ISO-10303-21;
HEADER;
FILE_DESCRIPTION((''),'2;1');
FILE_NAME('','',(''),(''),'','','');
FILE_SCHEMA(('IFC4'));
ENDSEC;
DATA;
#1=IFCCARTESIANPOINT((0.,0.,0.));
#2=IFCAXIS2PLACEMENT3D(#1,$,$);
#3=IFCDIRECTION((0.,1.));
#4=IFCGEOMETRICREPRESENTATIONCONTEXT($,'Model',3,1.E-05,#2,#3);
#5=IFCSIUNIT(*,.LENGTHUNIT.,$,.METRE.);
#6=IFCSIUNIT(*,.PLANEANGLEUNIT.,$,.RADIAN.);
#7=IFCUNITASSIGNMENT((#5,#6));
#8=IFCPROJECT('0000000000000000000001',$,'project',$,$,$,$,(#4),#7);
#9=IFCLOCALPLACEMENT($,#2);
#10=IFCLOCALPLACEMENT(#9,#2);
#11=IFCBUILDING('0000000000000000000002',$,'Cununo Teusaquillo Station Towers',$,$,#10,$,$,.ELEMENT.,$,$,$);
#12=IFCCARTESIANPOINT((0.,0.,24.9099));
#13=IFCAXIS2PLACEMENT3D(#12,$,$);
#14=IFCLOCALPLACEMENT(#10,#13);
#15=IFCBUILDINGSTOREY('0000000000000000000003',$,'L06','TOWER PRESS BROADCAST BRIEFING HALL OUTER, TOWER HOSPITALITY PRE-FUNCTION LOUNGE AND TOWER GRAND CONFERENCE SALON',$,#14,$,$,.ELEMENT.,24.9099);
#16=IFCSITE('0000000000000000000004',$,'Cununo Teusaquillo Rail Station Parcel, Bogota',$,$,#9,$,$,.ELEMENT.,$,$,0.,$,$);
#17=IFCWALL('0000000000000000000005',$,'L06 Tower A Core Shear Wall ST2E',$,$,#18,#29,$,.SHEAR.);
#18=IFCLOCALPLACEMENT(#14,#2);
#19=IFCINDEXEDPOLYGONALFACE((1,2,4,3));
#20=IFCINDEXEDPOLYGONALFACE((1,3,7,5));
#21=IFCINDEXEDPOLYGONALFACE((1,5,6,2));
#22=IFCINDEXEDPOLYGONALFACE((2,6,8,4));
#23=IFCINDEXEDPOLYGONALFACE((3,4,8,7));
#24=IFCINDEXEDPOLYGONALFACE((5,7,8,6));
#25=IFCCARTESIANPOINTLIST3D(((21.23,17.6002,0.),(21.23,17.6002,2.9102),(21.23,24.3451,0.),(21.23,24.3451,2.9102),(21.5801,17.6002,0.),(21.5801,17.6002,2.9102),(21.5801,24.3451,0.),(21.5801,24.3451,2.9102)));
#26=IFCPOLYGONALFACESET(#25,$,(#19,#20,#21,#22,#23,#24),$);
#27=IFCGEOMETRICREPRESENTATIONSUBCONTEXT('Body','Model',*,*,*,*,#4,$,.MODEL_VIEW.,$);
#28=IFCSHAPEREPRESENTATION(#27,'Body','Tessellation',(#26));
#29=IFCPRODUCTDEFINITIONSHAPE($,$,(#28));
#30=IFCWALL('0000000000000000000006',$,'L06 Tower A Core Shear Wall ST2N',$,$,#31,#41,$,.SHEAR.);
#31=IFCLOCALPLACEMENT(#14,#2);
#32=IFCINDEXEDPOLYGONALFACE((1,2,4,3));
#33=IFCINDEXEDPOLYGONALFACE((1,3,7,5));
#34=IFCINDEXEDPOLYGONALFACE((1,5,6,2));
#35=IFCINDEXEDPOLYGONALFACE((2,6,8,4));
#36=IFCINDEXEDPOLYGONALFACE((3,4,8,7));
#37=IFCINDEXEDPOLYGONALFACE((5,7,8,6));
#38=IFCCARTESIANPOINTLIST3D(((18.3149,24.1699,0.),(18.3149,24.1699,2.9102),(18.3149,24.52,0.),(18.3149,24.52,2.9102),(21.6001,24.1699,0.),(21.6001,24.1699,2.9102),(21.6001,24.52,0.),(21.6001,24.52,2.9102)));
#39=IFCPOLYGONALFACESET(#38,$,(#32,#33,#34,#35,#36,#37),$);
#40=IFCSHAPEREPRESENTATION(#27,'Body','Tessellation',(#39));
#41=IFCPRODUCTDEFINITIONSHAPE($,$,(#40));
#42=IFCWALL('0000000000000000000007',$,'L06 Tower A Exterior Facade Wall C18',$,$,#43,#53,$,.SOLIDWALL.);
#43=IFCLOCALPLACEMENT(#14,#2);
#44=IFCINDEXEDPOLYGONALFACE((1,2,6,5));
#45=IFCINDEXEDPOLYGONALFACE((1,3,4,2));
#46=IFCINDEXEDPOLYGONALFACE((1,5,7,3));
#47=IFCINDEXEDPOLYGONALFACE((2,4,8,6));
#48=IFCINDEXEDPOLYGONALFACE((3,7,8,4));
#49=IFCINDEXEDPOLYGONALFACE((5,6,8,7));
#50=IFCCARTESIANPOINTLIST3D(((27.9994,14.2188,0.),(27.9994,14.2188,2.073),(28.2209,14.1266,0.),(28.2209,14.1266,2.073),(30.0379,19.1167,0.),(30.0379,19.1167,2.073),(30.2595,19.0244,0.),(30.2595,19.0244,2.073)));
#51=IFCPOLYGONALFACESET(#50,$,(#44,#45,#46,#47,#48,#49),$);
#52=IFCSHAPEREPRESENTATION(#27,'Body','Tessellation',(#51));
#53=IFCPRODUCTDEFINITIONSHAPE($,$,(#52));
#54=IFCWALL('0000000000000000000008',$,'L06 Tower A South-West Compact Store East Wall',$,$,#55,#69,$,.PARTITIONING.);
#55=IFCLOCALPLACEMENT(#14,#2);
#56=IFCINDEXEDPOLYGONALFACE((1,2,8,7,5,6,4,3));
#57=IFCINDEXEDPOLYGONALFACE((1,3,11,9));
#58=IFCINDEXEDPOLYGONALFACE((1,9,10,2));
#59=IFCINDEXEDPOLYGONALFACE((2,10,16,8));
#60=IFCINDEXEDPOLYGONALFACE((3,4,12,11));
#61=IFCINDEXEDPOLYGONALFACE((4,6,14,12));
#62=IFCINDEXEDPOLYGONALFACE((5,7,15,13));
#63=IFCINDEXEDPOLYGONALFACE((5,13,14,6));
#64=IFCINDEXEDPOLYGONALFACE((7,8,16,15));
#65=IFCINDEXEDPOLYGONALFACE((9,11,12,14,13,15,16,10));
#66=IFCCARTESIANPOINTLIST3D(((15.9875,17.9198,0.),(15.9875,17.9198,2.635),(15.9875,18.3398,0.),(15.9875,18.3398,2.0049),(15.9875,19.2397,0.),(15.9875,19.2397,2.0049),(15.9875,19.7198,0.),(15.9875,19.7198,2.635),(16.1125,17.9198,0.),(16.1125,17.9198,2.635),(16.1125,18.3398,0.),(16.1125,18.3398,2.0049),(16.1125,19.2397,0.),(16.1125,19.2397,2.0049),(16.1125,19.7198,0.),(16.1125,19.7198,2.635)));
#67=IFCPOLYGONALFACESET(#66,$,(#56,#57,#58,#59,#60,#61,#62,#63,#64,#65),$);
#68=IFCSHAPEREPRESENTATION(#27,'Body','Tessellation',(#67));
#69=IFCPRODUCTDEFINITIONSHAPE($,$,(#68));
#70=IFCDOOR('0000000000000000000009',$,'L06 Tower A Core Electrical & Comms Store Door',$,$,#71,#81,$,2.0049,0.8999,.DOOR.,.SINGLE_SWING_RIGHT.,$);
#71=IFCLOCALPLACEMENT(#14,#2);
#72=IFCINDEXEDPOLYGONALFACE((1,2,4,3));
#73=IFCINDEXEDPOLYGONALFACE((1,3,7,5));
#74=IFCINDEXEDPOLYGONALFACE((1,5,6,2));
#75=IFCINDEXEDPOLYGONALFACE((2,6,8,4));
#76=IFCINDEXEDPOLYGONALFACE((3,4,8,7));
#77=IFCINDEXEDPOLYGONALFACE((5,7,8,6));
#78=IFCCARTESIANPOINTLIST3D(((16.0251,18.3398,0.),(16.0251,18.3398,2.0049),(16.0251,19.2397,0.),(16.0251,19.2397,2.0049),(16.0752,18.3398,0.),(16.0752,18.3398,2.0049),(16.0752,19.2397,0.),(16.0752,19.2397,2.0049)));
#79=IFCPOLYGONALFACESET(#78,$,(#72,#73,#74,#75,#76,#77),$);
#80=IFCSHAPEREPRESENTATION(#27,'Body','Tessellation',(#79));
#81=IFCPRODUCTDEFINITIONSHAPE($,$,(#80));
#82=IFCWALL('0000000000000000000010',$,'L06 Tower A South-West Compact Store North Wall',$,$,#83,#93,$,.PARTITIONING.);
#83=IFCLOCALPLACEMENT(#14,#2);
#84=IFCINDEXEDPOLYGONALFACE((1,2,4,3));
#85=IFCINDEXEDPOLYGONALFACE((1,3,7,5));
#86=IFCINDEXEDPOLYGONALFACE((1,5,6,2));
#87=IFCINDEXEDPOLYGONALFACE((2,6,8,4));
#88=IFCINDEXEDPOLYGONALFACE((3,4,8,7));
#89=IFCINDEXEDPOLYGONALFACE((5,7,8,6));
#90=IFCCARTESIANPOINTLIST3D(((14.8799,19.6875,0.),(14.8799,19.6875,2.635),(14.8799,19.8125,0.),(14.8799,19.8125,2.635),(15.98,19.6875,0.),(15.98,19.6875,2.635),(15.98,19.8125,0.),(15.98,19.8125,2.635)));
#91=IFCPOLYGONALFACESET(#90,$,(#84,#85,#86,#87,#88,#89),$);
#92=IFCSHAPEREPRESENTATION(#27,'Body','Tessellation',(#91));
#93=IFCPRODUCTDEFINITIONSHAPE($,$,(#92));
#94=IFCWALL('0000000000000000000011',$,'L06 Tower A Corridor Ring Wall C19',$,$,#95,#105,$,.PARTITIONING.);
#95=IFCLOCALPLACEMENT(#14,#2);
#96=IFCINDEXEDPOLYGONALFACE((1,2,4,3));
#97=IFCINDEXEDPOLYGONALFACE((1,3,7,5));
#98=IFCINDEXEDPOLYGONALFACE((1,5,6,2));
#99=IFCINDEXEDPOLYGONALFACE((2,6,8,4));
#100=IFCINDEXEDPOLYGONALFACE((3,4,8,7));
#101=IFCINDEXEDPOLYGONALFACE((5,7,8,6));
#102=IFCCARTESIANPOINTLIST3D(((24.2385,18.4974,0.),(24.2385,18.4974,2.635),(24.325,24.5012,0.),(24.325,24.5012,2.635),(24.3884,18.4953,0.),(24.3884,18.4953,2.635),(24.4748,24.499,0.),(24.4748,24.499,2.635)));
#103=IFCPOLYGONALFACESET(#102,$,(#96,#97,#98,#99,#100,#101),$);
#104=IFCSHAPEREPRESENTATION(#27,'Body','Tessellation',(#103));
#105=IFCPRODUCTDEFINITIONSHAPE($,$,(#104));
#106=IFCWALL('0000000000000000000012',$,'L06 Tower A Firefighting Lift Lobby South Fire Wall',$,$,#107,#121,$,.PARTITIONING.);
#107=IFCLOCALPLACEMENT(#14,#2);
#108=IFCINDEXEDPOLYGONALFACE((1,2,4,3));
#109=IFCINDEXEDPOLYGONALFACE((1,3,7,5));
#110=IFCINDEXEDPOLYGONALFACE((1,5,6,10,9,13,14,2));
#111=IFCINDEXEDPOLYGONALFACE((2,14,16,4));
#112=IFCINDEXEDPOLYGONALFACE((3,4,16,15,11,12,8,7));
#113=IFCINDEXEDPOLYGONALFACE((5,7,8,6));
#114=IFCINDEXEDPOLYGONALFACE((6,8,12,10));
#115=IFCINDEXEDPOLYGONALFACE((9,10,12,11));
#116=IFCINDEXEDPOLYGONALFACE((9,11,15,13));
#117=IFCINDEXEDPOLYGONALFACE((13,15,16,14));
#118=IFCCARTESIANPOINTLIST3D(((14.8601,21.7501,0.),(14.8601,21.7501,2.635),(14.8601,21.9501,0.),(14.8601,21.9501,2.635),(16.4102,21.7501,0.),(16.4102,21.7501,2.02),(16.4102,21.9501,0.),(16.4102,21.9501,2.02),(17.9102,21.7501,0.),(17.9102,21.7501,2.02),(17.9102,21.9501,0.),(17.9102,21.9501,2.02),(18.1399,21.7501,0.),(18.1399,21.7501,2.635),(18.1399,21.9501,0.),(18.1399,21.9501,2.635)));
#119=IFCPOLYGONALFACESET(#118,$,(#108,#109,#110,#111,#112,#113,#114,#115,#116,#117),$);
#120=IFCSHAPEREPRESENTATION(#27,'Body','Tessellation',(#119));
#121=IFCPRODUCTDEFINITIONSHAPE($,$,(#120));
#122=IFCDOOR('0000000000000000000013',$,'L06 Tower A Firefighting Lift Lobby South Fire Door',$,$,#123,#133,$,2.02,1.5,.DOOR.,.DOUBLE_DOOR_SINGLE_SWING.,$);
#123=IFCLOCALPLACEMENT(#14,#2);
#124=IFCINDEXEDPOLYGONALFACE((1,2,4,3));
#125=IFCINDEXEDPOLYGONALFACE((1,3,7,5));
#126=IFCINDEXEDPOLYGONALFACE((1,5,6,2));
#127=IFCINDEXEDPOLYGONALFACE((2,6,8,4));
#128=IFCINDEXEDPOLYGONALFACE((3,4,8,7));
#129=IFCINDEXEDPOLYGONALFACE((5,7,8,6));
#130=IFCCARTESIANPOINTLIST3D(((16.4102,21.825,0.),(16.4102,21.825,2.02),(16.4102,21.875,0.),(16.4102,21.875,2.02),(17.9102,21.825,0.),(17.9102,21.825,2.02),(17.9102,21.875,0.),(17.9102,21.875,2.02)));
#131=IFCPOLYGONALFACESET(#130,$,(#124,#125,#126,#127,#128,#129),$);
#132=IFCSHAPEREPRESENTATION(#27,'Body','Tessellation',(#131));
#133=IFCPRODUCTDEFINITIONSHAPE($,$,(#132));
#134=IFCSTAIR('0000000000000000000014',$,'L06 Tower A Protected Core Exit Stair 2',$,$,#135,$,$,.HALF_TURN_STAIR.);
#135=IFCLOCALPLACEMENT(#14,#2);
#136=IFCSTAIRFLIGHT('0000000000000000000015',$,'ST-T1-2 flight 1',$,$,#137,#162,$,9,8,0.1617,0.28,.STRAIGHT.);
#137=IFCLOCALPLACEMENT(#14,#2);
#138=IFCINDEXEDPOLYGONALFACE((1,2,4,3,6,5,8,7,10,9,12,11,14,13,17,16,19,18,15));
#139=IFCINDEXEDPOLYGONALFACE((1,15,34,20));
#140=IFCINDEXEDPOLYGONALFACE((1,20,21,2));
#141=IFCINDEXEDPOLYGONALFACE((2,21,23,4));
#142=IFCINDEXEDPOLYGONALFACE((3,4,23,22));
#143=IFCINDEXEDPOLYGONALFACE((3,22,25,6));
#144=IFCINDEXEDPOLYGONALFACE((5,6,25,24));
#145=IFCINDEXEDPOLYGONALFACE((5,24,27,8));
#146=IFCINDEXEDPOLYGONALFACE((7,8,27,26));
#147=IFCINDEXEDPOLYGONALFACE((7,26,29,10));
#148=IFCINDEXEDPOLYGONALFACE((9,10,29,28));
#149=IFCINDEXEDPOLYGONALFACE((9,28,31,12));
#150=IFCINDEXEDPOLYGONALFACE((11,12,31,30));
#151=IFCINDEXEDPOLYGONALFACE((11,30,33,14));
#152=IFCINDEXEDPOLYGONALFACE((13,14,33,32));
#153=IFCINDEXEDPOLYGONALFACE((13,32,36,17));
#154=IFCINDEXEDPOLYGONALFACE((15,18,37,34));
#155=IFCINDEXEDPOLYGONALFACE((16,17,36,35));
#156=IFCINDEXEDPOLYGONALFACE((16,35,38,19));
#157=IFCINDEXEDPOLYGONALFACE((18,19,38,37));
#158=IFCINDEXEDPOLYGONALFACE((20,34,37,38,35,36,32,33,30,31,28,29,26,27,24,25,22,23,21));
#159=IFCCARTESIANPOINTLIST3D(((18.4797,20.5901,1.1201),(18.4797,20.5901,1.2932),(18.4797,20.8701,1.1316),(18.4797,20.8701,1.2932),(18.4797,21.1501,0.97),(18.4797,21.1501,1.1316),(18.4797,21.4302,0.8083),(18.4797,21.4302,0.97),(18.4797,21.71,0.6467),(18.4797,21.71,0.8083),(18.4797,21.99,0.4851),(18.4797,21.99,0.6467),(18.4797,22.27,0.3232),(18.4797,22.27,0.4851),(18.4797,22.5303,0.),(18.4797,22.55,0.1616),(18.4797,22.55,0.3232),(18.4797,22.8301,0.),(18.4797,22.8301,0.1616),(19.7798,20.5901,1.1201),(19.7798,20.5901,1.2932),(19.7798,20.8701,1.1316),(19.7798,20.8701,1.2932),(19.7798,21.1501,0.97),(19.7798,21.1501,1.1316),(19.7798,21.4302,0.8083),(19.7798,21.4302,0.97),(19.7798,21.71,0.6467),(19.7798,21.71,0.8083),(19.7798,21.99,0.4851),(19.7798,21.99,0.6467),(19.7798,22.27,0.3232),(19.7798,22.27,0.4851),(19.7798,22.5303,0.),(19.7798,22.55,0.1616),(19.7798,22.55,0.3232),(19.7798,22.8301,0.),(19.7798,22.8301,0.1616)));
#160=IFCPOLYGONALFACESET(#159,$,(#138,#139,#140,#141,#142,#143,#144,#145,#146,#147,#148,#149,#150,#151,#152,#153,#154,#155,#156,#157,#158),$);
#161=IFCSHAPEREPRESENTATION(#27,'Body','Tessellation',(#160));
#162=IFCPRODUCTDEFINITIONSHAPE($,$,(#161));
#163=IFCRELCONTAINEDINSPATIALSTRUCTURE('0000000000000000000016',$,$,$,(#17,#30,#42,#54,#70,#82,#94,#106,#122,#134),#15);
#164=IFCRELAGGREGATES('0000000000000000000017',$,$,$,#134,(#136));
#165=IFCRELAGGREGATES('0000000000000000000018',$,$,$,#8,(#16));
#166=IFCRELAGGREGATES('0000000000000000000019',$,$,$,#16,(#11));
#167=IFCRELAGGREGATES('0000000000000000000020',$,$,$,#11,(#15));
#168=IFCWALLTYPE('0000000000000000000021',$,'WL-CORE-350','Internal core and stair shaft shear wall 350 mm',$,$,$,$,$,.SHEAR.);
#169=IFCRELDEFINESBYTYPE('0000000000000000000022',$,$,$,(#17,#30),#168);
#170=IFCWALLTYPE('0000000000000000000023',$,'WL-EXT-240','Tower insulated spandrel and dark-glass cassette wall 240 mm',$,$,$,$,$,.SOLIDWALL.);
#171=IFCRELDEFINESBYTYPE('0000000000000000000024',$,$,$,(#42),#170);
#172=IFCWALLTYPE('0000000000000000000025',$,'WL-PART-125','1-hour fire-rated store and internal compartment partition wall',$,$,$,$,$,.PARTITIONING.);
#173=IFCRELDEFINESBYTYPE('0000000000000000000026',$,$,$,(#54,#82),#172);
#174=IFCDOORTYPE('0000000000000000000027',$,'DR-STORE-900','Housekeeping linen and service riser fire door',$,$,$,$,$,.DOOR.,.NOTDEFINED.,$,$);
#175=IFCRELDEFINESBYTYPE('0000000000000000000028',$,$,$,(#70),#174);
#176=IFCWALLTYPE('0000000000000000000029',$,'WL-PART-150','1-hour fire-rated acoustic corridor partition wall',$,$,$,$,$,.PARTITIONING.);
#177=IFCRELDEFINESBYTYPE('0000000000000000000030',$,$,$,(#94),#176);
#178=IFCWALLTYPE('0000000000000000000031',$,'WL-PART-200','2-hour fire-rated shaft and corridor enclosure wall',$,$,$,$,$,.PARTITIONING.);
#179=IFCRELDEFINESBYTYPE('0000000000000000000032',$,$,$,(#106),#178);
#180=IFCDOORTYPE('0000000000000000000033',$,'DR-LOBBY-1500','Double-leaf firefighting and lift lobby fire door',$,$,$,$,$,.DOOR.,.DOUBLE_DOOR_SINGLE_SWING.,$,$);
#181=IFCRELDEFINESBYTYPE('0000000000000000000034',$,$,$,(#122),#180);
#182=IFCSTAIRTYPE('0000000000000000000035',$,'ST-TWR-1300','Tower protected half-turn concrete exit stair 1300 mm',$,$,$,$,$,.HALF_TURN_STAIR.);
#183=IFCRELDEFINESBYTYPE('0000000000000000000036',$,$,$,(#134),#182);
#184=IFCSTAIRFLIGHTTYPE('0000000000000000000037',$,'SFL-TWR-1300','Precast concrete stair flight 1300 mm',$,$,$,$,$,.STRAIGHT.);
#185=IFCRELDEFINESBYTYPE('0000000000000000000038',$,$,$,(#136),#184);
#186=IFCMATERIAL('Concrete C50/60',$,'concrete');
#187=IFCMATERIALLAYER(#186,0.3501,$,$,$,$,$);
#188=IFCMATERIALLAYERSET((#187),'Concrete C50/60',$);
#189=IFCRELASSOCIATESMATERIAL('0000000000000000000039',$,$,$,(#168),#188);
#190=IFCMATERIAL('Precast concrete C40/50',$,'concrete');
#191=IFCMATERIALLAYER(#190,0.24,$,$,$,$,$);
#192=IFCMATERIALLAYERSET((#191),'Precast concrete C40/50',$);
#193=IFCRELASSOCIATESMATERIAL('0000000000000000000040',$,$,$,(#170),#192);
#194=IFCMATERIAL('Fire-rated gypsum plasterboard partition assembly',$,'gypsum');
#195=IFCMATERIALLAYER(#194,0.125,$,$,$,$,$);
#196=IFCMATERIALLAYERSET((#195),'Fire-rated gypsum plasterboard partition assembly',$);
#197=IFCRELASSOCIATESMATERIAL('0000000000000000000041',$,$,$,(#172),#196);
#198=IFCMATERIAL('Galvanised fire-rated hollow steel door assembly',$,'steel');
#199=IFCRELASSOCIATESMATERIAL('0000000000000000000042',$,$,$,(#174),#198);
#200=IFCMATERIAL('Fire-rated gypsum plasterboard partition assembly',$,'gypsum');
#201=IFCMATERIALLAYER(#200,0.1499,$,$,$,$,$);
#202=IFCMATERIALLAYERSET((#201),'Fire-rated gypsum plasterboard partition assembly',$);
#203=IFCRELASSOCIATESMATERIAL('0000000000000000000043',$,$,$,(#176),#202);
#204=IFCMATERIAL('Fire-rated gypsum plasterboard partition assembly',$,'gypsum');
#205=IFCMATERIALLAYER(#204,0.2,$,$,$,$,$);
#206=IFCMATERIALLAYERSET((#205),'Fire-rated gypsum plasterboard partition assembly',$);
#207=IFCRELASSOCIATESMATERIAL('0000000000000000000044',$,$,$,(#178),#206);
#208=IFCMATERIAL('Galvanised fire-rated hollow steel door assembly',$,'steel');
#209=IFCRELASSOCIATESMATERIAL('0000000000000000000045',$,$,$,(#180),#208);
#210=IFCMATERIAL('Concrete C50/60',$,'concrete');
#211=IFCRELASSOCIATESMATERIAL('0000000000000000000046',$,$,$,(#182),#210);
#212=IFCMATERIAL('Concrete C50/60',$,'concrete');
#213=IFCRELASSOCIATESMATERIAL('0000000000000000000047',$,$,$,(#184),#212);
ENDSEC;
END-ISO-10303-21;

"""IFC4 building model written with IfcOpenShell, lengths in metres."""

from ifc_helpers import new_model, si_unit, direction, frame, frame_2d, origin, place, context, subcontext, project, spatial, polyline, rectangle, outline, extrude, source, transform, mapped, material, layer, layer_set, type_object, element, fill, aggregate, save


model = new_model("IFC4")

# Units and contexts
model_context = context("Model", 3, precision=1e-05, world=origin(), true_north=direction((0.0, 1.0)))
body_context = subcontext(model_context, "Body", "Model", "MODEL_VIEW")
ifc_project = project(units=[si_unit("LENGTHUNIT", "METRE"), si_unit("PLANEANGLEUNIT", "RADIAN")], contexts=[model_context])

# Site, building, storey
site_placement = place(None, origin())
site = spatial("IfcSite", under=ifc_project, at=site_placement, Name="Cununo Teusaquillo Rail Station Parcel, Bogota", CompositionType="ELEMENT", RefElevation=0.0)
building_placement = place(site_placement, origin())
building = spatial("IfcBuilding", under=site, at=building_placement, Name="Cununo Teusaquillo Station Towers", CompositionType="ELEMENT")
storey_placement = place(building_placement, frame((0.0, 0.0, 24.9099)))
storey = spatial("IfcBuildingStorey", under=building, at=storey_placement, Name="L06", Description="TOWER PRESS BROADCAST BRIEFING HALL OUTER, TOWER HOSPITALITY PRE-FUNCTION LOUNGE AND TOWER GRAND CONFERENCE SALON", CompositionType="ELEMENT", Elevation=24.9099)

# Walls
ifc_material_1 = material(Name="Concrete C50/60", Category="concrete")
ifc_layer_1 = layer(ifc_material_1, 0.3501)
ifc_layer_set_1 = layer_set([ifc_layer_1], Name="Concrete C50/60")
wall_type_1 = type_object("IfcWallType", Name="WL-CORE-350", Description="Internal core and stair shaft shear wall 350 mm", PredefinedType="SHEAR", material=ifc_layer_set_1)
wall_1_placement = place(storey_placement, frame((21.405, 17.6001, 0.0), z_axis=(0.0, 0.0, 1.0), x_axis=(0.0, 1.0, 0.0)))
element("IfcWall", 1, at=wall_1_placement, inside=storey, type_object=wall_type_1, Name="L06 Tower A Core Shear Wall ST2E", PredefinedType="SHEAR", context=body_context, shape_type="SweptSolid", body=[
    extrude(rectangle(XDim=6.7449, YDim=0.3501, at=frame_2d((3.3726, 0.0))), origin(), (0.0, 0.0, 1.0), 2.9102),
])
wall_2_placement = place(storey_placement, frame((18.3149, 24.345, 0.0), z_axis=(0.0, 0.0, 1.0), x_axis=(1.0, 0.0, 0.0)))
element("IfcWall", 2, at=wall_2_placement, inside=storey, type_object=wall_type_1, Name="L06 Tower A Core Shear Wall ST2N", PredefinedType="SHEAR", context=body_context, shape_type="SweptSolid", body=[
    extrude(rectangle(XDim=3.2852, YDim=0.3501, at=frame_2d((1.6426, 0.0))), origin(), (0.0, 0.0, 1.0), 2.9102),
])
ifc_material_2 = material(Name="Precast concrete C40/50", Category="concrete")
ifc_layer_2 = layer(ifc_material_2, 0.24)
ifc_layer_set_2 = layer_set([ifc_layer_2], Name="Precast concrete C40/50")
wall_type_2 = type_object("IfcWallType", Name="WL-EXT-240", Description="Tower insulated spandrel and dark-glass cassette wall 240 mm", PredefinedType="SOLIDWALL", material=ifc_layer_set_2)
wall_3_placement = place(storey_placement, frame((30.1487, 19.0706, 0.0), z_axis=(0.0, 0.0, 1.0), x_axis=(-0.384256, -0.923227, 0.0)))
element("IfcWall", 3, at=wall_3_placement, inside=storey, type_object=wall_type_2, Name="L06 Tower A Exterior Facade Wall C18", PredefinedType="SOLIDWALL", context=body_context, shape_type="SweptSolid", body=[
    extrude(rectangle(XDim=5.3052, YDim=0.24, at=frame_2d((2.6526, 0.0))), origin(), (0.0, 0.0, 1.0), 2.073),
])

# Wall, opening, door
ifc_material_3 = material(Name="Fire-rated gypsum plasterboard partition assembly", Category="gypsum")
ifc_layer_3 = layer(ifc_material_3, 0.125)
ifc_layer_set_3 = layer_set([ifc_layer_3], Name="Fire-rated gypsum plasterboard partition assembly")
wall_type_3 = type_object("IfcWallType", Name="WL-PART-125", Description="1-hour fire-rated store and internal compartment partition wall", PredefinedType="PARTITIONING", material=ifc_layer_set_3)
wall_4_placement = place(storey_placement, frame((16.05, 17.9199, 0.0), z_axis=(0.0, 0.0, 1.0), x_axis=(0.0, 1.0, 0.0)))
wall_4 = element("IfcWall", 4, at=wall_4_placement, inside=storey, type_object=wall_type_3, Name="L06 Tower A South-West Compact Store East Wall", PredefinedType="PARTITIONING", context=body_context, shape_type="SweptSolid", body=[
    extrude(rectangle(XDim=1.8, YDim=0.125, at=frame_2d((0.8999, 0.0))), origin(), (0.0, 0.0, 1.0), 2.635),
])
shared_shape_1 = source(origin(), body_context, "Body", "SweptSolid", [
    extrude(rectangle(XDim=0.8999, YDim=2.0049, at=frame_2d((0.45, 1.0024))), frame((0.0, 0.0725, 0.0), z_axis=(0.0, -1.0, 0.0), x_axis=(1.0, 0.0, 0.0)), (0.0, 0.0, 1.0), 0.145),
])
opening_1_placement = place(wall_4_placement, frame((0.4199, 0.0, 0.0)))
opening_1 = element("IfcOpeningElement", 5, at=opening_1_placement, cuts=wall_4, PredefinedType="OPENING", context=body_context, shape_type="MappedRepresentation", body=[
    mapped(shared_shape_1, transform((0.0, 0.0, 0.0), x_axis=(1.0, 0.0, 0.0), y_axis=(0.0, 1.0, 0.0), z_axis=(0.0, 0.0, 1.0), scale=1.0)),
])
ifc_material_4 = material(Name="Galvanised fire-rated hollow steel door assembly", Category="steel")
door_type_1 = type_object("IfcDoorType", Name="DR-STORE-900", Description="Housekeeping linen and service riser fire door", OperationType="NOTDEFINED", PredefinedType="DOOR", material=ifc_material_4)
shared_shape_2 = source(origin(), body_context, "Body", "SweptSolid", [
    extrude(rectangle(XDim=0.8999, YDim=2.0049, at=frame_2d((0.45, 1.0024))), frame((0.0, 0.0249, 0.0), z_axis=(0.0, -1.0, 0.0), x_axis=(1.0, 0.0, 0.0)), (0.0, 0.0, 1.0), 0.05),
])
door_1_placement = place(opening_1_placement, origin())
door_1 = element("IfcDoor", 6, at=door_1_placement, inside=storey, type_object=door_type_1, Name="L06 Tower A Core Electrical & Comms Store Door", OperationType="SINGLE_SWING_RIGHT", OverallHeight=2.0049, OverallWidth=0.8999, PredefinedType="DOOR", context=body_context, shape_type="MappedRepresentation", body=[
    mapped(shared_shape_2, transform((0.0, 0.0, 0.0), x_axis=(1.0, 0.0, 0.0), y_axis=(0.0, 1.0, 0.0), z_axis=(0.0, 0.0, 1.0), scale=1.0)),
])
fill(opening_1, door_1)

# Walls
wall_5_placement = place(storey_placement, frame((14.8799, 19.75, 0.0), z_axis=(0.0, 0.0, 1.0), x_axis=(1.0, 0.0, 0.0)))
element("IfcWall", 7, at=wall_5_placement, inside=storey, type_object=wall_type_3, Name="L06 Tower A South-West Compact Store North Wall", PredefinedType="PARTITIONING", context=body_context, shape_type="SweptSolid", body=[
    extrude(rectangle(XDim=1.1001, YDim=0.125, at=frame_2d((0.55, 0.0))), origin(), (0.0, 0.0, 1.0), 2.635),
])
ifc_material_5 = material(Name="Fire-rated gypsum plasterboard partition assembly", Category="gypsum")
ifc_layer_4 = layer(ifc_material_5, 0.1499)
ifc_layer_set_4 = layer_set([ifc_layer_4], Name="Fire-rated gypsum plasterboard partition assembly")
wall_type_4 = type_object("IfcWallType", Name="WL-PART-150", Description="1-hour fire-rated acoustic corridor partition wall", PredefinedType="PARTITIONING", material=ifc_layer_set_4)
wall_6_placement = place(storey_placement, frame((24.3135, 18.4963, 0.0), z_axis=(0.0, 0.0, 1.0), x_axis=(0.014394, 0.999896, 0.0)))
element("IfcWall", 8, at=wall_6_placement, inside=storey, type_object=wall_type_4, Name="L06 Tower A Corridor Ring Wall C19", PredefinedType="PARTITIONING", context=body_context, shape_type="SweptSolid", body=[
    extrude(rectangle(XDim=6.0044, YDim=0.1499, at=frame_2d((3.0022, 0.0))), origin(), (0.0, 0.0, 1.0), 2.635),
])

# Wall, opening, door
ifc_material_6 = material(Name="Fire-rated gypsum plasterboard partition assembly", Category="gypsum")
ifc_layer_5 = layer(ifc_material_6, 0.2)
ifc_layer_set_5 = layer_set([ifc_layer_5], Name="Fire-rated gypsum plasterboard partition assembly")
wall_type_5 = type_object("IfcWallType", Name="WL-PART-200", Description="2-hour fire-rated shaft and corridor enclosure wall", PredefinedType="PARTITIONING", material=ifc_layer_set_5)
wall_7_placement = place(storey_placement, frame((14.8601, 21.8501, 0.0), z_axis=(0.0, 0.0, 1.0), x_axis=(1.0, 0.0, 0.0)))
wall_7 = element("IfcWall", 9, at=wall_7_placement, inside=storey, type_object=wall_type_5, Name="L06 Tower A Firefighting Lift Lobby South Fire Wall", PredefinedType="PARTITIONING", context=body_context, shape_type="SweptSolid", body=[
    extrude(rectangle(XDim=3.2798, YDim=0.2, at=frame_2d((1.6399, 0.0))), origin(), (0.0, 0.0, 1.0), 2.635),
])
shared_shape_3 = source(origin(), body_context, "Body", "SweptSolid", [
    extrude(rectangle(XDim=1.5, YDim=2.02, at=frame_2d((0.75, 1.01))), frame((0.0, 0.1099, 0.0), z_axis=(0.0, -1.0, 0.0), x_axis=(1.0, 0.0, 0.0)), (0.0, 0.0, 1.0), 0.22),
])
opening_2_placement = place(wall_7_placement, frame((1.55, 0.0, 0.0)))
opening_2 = element("IfcOpeningElement", 10, at=opening_2_placement, cuts=wall_7, PredefinedType="OPENING", context=body_context, shape_type="MappedRepresentation", body=[
    mapped(shared_shape_3, transform((0.0, 0.0, 0.0), x_axis=(1.0, 0.0, 0.0), y_axis=(0.0, 1.0, 0.0), z_axis=(0.0, 0.0, 1.0), scale=1.0)),
])
ifc_material_7 = material(Name="Galvanised fire-rated hollow steel door assembly", Category="steel")
door_type_2 = type_object("IfcDoorType", Name="DR-LOBBY-1500", Description="Double-leaf firefighting and lift lobby fire door", OperationType="DOUBLE_DOOR_SINGLE_SWING", PredefinedType="DOOR", material=ifc_material_7)
shared_shape_4 = source(origin(), body_context, "Body", "SweptSolid", [
    extrude(rectangle(XDim=1.5, YDim=2.02, at=frame_2d((0.75, 1.01))), frame((0.0, 0.0249, 0.0), z_axis=(0.0, -1.0, 0.0), x_axis=(1.0, 0.0, 0.0)), (0.0, 0.0, 1.0), 0.05),
])
door_2_placement = place(opening_2_placement, origin())
door_2 = element("IfcDoor", 11, at=door_2_placement, inside=storey, type_object=door_type_2, Name="L06 Tower A Firefighting Lift Lobby South Fire Door", OperationType="DOUBLE_DOOR_SINGLE_SWING", OverallHeight=2.02, OverallWidth=1.5, PredefinedType="DOOR", context=body_context, shape_type="MappedRepresentation", body=[
    mapped(shared_shape_4, transform((0.0, 0.0, 0.0), x_axis=(1.0, 0.0, 0.0), y_axis=(0.0, 1.0, 0.0), z_axis=(0.0, 0.0, 1.0), scale=1.0)),
])
fill(opening_2, door_2)

# Stair, stair flight
ifc_material_8 = material(Name="Concrete C50/60", Category="concrete")
stair_type = type_object("IfcStairType", Name="ST-TWR-1300", Description="Tower protected half-turn concrete exit stair 1300 mm", PredefinedType="HALF_TURN_STAIR", material=ifc_material_8)
stair_placement = place(storey_placement, origin())
stair = element("IfcStair", 12, at=stair_placement, inside=storey, type_object=stair_type, Name="L06 Tower A Protected Core Exit Stair 2", PredefinedType="HALF_TURN_STAIR")
ifc_material_9 = material(Name="Concrete C50/60", Category="concrete")
stair_flight_type = type_object("IfcStairFlightType", Name="SFL-TWR-1300", Description="Precast concrete stair flight 1300 mm", PredefinedType="STRAIGHT", material=ifc_material_9)
stair_flight_1_placement = place(storey_placement, frame((19.1299, 22.8301, 0.0), z_axis=(0.0, 0.0, 1.0), x_axis=(0.0, -1.0, 0.0)))
stair_flight_1 = element("IfcStairFlight", 13, at=stair_flight_1_placement, type_object=stair_flight_type, Name="ST-T1-2 flight 1", NumberOfRisers=9, NumberOfTreads=8, PredefinedType="STRAIGHT", RiserHeight=0.1617, TreadLength=0.28, context=body_context, shape_type="SweptSolid", body=[
    extrude(outline(polyline([(0.0, 0.0), (0.0, 0.1616), (0.28, 0.1616), (0.28, 0.3232), (0.5601, 0.3232), (0.5601, 0.4851), (0.8401, 0.4851), (0.8401, 0.6467), (1.1201, 0.6467), (1.1201, 0.8083), (1.3999, 0.8083), (1.3999, 0.97), (1.6799, 0.97), (1.6799, 1.1316), (1.96, 1.1316), (1.96, 1.2932), (2.24, 1.2932), (2.24, 1.4551), (2.24, 1.1201), (0.2998, 0.0), (0.0, 0.0)])), frame((0.0, 0.6499, 0.0), z_axis=(0.0, -1.0, 0.0), x_axis=(1.0, 0.0, 0.0)), (0.0, 0.0, 1.0), 1.3),
])
aggregate(stair, [stair_flight_1])

save(model, "model.ifc")
